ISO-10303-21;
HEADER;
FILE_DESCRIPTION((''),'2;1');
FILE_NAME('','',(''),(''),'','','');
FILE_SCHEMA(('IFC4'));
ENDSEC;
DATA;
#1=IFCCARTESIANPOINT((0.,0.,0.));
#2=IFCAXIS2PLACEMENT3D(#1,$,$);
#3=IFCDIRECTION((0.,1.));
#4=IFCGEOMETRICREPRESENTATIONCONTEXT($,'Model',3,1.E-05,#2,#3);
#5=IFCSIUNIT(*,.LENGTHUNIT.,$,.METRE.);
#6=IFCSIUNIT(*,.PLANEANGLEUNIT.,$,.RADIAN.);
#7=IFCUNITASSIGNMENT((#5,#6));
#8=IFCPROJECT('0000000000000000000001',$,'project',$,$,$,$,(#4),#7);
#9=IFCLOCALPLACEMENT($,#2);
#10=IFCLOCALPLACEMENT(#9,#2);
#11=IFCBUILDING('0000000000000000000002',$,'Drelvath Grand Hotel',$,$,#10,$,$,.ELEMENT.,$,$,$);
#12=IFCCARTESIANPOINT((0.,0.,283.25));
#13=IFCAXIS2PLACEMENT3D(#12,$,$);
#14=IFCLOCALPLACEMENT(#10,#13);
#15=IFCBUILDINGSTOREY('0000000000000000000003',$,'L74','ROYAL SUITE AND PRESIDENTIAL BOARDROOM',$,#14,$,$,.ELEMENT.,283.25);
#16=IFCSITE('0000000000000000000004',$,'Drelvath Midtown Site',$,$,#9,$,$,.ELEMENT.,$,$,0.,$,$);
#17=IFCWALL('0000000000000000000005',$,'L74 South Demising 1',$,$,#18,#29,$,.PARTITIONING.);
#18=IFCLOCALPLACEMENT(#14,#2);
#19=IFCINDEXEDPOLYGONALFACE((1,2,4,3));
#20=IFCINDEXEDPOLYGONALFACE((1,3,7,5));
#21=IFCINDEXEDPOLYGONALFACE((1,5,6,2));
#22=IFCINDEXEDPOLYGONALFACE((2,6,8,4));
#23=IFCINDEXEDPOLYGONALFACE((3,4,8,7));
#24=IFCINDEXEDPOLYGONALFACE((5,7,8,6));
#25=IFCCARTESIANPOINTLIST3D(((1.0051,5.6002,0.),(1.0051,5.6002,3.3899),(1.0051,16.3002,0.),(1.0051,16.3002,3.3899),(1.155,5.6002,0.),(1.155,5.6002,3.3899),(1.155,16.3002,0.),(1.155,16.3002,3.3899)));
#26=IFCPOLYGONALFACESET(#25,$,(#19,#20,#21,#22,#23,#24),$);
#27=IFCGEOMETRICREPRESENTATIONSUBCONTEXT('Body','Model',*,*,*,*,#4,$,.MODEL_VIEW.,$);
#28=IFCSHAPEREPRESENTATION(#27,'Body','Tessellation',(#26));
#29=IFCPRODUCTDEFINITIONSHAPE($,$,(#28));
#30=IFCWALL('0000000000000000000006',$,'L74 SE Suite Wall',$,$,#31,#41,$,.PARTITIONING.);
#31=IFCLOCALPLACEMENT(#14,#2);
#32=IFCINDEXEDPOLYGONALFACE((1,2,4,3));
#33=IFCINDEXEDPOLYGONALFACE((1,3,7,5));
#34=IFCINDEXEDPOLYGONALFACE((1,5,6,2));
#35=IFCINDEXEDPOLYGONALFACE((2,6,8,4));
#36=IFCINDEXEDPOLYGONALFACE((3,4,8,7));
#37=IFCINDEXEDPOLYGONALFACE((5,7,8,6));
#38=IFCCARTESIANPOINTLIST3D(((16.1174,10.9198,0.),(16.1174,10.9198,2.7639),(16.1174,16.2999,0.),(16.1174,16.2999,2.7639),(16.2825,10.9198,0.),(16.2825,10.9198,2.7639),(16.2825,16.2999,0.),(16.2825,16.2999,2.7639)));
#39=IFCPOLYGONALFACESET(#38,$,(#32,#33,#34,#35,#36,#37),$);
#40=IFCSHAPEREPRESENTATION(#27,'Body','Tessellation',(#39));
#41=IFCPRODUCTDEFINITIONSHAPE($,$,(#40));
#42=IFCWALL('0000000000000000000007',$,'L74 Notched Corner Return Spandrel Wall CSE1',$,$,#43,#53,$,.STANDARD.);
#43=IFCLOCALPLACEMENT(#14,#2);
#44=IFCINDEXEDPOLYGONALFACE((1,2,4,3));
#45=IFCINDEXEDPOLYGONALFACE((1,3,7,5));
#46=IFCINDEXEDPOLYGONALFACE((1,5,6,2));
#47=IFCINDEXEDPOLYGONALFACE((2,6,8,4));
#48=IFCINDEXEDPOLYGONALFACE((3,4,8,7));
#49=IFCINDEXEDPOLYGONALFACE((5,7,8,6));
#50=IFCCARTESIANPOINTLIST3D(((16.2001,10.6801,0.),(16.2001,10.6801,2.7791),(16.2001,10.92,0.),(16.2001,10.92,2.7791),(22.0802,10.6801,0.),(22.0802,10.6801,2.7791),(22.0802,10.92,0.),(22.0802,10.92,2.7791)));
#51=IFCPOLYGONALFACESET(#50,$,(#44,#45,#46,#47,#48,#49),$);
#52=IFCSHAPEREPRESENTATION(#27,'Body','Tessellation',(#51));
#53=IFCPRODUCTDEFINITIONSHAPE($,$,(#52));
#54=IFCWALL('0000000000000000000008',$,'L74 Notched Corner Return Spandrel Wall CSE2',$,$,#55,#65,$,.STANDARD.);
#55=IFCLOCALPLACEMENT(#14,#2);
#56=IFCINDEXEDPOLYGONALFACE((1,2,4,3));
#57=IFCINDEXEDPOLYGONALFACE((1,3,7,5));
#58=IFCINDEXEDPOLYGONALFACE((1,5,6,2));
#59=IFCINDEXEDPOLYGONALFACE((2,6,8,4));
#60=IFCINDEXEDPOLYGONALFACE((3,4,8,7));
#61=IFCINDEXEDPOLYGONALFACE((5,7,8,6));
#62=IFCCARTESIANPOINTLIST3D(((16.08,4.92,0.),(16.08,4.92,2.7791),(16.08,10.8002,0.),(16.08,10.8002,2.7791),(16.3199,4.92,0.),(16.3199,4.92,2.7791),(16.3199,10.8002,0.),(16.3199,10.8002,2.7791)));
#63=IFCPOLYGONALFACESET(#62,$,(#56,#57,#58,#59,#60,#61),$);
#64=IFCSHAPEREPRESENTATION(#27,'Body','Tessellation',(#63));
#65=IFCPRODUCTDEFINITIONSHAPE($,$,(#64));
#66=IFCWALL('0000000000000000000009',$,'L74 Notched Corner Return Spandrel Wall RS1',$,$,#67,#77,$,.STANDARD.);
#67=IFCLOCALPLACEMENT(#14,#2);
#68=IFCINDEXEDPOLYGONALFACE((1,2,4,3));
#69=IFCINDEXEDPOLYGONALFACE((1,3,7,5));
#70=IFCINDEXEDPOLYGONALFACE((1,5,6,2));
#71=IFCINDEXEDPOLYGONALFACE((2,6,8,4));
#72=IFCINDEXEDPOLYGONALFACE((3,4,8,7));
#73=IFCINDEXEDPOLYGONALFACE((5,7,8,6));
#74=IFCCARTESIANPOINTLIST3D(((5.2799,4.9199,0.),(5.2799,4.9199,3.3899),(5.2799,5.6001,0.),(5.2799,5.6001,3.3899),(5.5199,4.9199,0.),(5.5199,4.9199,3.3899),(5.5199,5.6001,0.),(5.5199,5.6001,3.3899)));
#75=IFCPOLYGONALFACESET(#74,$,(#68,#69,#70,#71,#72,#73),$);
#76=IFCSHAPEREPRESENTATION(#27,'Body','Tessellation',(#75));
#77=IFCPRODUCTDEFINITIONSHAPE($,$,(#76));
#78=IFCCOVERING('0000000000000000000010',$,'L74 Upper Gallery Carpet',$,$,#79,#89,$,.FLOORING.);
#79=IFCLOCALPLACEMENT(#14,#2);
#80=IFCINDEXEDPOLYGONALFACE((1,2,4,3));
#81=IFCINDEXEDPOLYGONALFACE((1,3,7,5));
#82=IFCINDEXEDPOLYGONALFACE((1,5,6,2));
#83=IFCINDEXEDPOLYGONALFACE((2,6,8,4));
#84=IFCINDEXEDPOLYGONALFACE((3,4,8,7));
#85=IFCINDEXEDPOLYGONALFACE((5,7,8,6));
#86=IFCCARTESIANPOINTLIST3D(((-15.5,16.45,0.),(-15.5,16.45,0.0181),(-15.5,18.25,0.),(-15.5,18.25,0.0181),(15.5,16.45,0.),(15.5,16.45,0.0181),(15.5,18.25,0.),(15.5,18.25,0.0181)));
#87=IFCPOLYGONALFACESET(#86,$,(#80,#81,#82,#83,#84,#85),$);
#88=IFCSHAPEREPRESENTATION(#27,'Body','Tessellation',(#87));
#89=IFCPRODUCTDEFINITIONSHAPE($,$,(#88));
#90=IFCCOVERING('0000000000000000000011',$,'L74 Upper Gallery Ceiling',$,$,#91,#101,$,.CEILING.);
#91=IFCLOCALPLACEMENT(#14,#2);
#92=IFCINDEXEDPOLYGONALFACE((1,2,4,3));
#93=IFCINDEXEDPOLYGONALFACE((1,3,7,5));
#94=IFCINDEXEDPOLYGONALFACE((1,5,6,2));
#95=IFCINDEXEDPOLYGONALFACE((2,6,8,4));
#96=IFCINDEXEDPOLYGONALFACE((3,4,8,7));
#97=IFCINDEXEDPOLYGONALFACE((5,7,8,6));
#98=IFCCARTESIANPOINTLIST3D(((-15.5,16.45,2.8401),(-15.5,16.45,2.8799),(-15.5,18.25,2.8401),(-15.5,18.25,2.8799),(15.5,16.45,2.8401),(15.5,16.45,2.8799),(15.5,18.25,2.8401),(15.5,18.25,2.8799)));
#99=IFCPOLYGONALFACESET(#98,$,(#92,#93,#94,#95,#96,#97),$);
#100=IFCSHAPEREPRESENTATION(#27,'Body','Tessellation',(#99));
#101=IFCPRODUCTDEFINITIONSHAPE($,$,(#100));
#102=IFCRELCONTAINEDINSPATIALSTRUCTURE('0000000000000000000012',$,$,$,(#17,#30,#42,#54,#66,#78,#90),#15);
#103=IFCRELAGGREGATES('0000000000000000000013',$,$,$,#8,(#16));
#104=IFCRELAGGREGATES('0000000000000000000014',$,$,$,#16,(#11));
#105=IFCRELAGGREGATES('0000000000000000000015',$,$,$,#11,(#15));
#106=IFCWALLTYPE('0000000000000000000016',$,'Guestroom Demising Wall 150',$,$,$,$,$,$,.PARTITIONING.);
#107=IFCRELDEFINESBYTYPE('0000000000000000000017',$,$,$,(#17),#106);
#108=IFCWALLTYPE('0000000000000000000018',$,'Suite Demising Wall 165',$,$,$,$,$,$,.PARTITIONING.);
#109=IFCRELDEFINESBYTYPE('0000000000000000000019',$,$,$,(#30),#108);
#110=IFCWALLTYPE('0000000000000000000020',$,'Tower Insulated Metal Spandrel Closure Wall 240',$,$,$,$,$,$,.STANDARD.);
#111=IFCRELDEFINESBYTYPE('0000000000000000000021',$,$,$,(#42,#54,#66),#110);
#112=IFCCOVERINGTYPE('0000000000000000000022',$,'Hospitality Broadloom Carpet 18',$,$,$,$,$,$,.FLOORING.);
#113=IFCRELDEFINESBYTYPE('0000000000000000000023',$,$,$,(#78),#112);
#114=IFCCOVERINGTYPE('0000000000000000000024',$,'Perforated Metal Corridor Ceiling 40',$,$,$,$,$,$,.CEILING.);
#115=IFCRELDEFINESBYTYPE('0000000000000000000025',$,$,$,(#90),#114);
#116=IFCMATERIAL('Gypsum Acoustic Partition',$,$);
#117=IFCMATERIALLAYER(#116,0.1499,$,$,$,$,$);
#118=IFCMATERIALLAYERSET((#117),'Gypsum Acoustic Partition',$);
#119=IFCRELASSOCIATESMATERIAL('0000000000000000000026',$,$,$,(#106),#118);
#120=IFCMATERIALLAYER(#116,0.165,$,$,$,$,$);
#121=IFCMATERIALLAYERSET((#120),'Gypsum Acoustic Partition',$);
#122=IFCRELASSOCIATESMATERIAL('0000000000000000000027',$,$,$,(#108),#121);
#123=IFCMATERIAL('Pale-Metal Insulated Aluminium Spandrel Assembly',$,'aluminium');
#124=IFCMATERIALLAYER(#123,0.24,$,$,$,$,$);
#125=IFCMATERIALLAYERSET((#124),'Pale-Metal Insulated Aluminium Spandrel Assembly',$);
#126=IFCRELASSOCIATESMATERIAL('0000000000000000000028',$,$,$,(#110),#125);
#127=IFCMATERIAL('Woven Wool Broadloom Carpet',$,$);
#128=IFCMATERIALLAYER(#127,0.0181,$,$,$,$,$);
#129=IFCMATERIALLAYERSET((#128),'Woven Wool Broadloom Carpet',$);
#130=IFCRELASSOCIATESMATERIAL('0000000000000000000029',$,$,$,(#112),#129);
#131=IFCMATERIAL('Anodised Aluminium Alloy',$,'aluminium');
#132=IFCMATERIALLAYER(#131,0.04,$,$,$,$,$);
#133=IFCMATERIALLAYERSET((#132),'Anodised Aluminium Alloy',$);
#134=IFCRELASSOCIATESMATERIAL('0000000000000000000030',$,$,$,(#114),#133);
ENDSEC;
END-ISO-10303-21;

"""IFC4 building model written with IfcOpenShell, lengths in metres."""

from ifc_helpers import new_model, si_unit, direction, frame, frame_2d, origin, place, context, subcontext, project, spatial, polyline, rectangle, outline, extrude, material, layer, layer_set, type_object, element, save


model = new_model("IFC4")

# Units and contexts
model_context = context("Model", 3, precision=1e-05, world=origin(), true_north=direction((0.0, 1.0)))
body_context = subcontext(model_context, "Body", "Model", "MODEL_VIEW")
ifc_project = project(units=[si_unit("LENGTHUNIT", "METRE"), si_unit("PLANEANGLEUNIT", "RADIAN")], contexts=[model_context])

# Site, building, storey
site_placement = place(None, origin())
site = spatial("IfcSite", under=ifc_project, at=site_placement, Name="Drelvath Midtown Site", CompositionType="ELEMENT", RefElevation=0.0)
building_placement = place(site_placement, origin())
building = spatial("IfcBuilding", under=site, at=building_placement, Name="Drelvath Grand Hotel", CompositionType="ELEMENT")
storey_placement = place(building_placement, frame((0.0, 0.0, 283.25)))
storey = spatial("IfcBuildingStorey", under=building, at=storey_placement, Name="L74", Description="ROYAL SUITE AND PRESIDENTIAL BOARDROOM", CompositionType="ELEMENT", Elevation=283.25)

# Walls
ifc_material_1 = material(Name="Gypsum Acoustic Partition")
ifc_layer_1 = layer(ifc_material_1, 0.1499)
ifc_layer_set_1 = layer_set([ifc_layer_1], Name="Gypsum Acoustic Partition")
wall_type_1 = type_object("IfcWallType", Name="Guestroom Demising Wall 150", PredefinedType="PARTITIONING", material=ifc_layer_set_1)
wall_1_placement = place(storey_placement, frame((1.0801, 5.6001, 0.0), z_axis=(0.0, 0.0, 1.0), x_axis=(0.0, 1.0, 0.0)))
element("IfcWall", 1, at=wall_1_placement, inside=storey, type_object=wall_type_1, Name="L74 South Demising 1", PredefinedType="PARTITIONING", context=body_context, shape_type="SweptSolid", body=[
    extrude(rectangle(XDim=10.7, YDim=0.1499, at=frame_2d((5.3501, 0.0))), origin(), (0.0, 0.0, 1.0), 3.3899),
])
ifc_layer_2 = layer(ifc_material_1, 0.165)
ifc_layer_set_2 = layer_set([ifc_layer_2], Name="Gypsum Acoustic Partition")
wall_type_2 = type_object("IfcWallType", Name="Suite Demising Wall 165", PredefinedType="PARTITIONING", material=ifc_layer_set_2)
wall_2_placement = place(storey_placement, frame((16.2, 10.9199, 0.0), z_axis=(0.0, 0.0, 1.0), x_axis=(0.0, 1.0, 0.0)))
element("IfcWall", 2, at=wall_2_placement, inside=storey, type_object=wall_type_2, Name="L74 SE Suite Wall", PredefinedType="PARTITIONING", context=body_context, shape_type="SweptSolid", body=[
    extrude(rectangle(XDim=5.3801, YDim=0.165, at=frame_2d((2.6899, 0.0))), origin(), (0.0, 0.0, 1.0), 2.7639),
])
ifc_material_2 = material(Name="Pale-Metal Insulated Aluminium Spandrel Assembly", Category="aluminium")
ifc_layer_3 = layer(ifc_material_2, 0.24)
ifc_layer_set_3 = layer_set([ifc_layer_3], Name="Pale-Metal Insulated Aluminium Spandrel Assembly")
wall_type_3 = type_object("IfcWallType", Name="Tower Insulated Metal Spandrel Closure Wall 240", PredefinedType="STANDARD", material=ifc_layer_set_3)
for number, where, z_axis, x_axis, name in (
    (3, (22.0801, 10.8, 0.0), (0.0, 0.0, 1.0), (-1.0, 0.0, 0.0), "L74 Notched Corner Return Spandrel Wall CSE1"),
    (4, (16.2, 10.8, 0.0), (0.0, 0.0, 1.0), (0.0, -1.0, 0.0), "L74 Notched Corner Return Spandrel Wall CSE2"),
):
    element("IfcWall", number, at=place(storey_placement, frame(where, z_axis=z_axis, x_axis=x_axis)), inside=storey, type_object=wall_type_3, Name=name, PredefinedType="STANDARD", context=body_context, shape_type="SweptSolid", body=[
        extrude(rectangle(XDim=5.8801, YDim=0.24, at=frame_2d((2.9399, 0.0))), origin(), (0.0, 0.0, 1.0), 2.7791),
    ])
wall_3_placement = place(storey_placement, frame((5.3999, 4.9199, 0.0), z_axis=(0.0, 0.0, 1.0), x_axis=(0.0, 1.0, 0.0)))
element("IfcWall", 5, at=wall_3_placement, inside=storey, type_object=wall_type_3, Name="L74 Notched Corner Return Spandrel Wall RS1", PredefinedType="STANDARD", context=body_context, shape_type="SweptSolid", body=[
    extrude(rectangle(XDim=0.6802, YDim=0.24, at=frame_2d((0.3401, 0.0))), origin(), (0.0, 0.0, 1.0), 3.3899),
])

# Coverings
ifc_material_3 = material(Name="Woven Wool Broadloom Carpet")
ifc_layer_4 = layer(ifc_material_3, 0.0181)
ifc_layer_set_4 = layer_set([ifc_layer_4], Name="Woven Wool Broadloom Carpet")
covering_type_1 = type_object("IfcCoveringType", Name="Hospitality Broadloom Carpet 18", PredefinedType="FLOORING", material=ifc_layer_set_4)
covering_1_placement = place(storey_placement, origin())
element("IfcCovering", 6, at=covering_1_placement, inside=storey, type_object=covering_type_1, Name="L74 Upper Gallery Carpet", PredefinedType="FLOORING", context=body_context, shape_type="SweptSolid", body=[
    extrude(outline(polyline([(15.5, 16.45), (15.5, 18.25), (-15.5, 18.25), (-15.5, 16.45), (15.5, 16.45)])), origin(), (0.0, 0.0, 1.0), 0.0181),
])
ifc_material_4 = material(Name="Anodised Aluminium Alloy", Category="aluminium")
ifc_layer_5 = layer(ifc_material_4, 0.04)
ifc_layer_set_5 = layer_set([ifc_layer_5], Name="Anodised Aluminium Alloy")
covering_type_2 = type_object("IfcCoveringType", Name="Perforated Metal Corridor Ceiling 40", PredefinedType="CEILING", material=ifc_layer_set_5)
covering_2_placement = place(storey_placement, frame((0.0, 0.0, 2.8401)))
element("IfcCovering", 7, at=covering_2_placement, inside=storey, type_object=covering_type_2, Name="L74 Upper Gallery Ceiling", PredefinedType="CEILING", context=body_context, shape_type="SweptSolid", body=[
    extrude(outline(polyline([(15.5, 16.45), (15.5, 18.25), (-15.5, 18.25), (-15.5, 16.45), (15.5, 16.45)])), origin(), (0.0, 0.0, 1.0), 0.0398),
])

save(model, "model.ifc")
